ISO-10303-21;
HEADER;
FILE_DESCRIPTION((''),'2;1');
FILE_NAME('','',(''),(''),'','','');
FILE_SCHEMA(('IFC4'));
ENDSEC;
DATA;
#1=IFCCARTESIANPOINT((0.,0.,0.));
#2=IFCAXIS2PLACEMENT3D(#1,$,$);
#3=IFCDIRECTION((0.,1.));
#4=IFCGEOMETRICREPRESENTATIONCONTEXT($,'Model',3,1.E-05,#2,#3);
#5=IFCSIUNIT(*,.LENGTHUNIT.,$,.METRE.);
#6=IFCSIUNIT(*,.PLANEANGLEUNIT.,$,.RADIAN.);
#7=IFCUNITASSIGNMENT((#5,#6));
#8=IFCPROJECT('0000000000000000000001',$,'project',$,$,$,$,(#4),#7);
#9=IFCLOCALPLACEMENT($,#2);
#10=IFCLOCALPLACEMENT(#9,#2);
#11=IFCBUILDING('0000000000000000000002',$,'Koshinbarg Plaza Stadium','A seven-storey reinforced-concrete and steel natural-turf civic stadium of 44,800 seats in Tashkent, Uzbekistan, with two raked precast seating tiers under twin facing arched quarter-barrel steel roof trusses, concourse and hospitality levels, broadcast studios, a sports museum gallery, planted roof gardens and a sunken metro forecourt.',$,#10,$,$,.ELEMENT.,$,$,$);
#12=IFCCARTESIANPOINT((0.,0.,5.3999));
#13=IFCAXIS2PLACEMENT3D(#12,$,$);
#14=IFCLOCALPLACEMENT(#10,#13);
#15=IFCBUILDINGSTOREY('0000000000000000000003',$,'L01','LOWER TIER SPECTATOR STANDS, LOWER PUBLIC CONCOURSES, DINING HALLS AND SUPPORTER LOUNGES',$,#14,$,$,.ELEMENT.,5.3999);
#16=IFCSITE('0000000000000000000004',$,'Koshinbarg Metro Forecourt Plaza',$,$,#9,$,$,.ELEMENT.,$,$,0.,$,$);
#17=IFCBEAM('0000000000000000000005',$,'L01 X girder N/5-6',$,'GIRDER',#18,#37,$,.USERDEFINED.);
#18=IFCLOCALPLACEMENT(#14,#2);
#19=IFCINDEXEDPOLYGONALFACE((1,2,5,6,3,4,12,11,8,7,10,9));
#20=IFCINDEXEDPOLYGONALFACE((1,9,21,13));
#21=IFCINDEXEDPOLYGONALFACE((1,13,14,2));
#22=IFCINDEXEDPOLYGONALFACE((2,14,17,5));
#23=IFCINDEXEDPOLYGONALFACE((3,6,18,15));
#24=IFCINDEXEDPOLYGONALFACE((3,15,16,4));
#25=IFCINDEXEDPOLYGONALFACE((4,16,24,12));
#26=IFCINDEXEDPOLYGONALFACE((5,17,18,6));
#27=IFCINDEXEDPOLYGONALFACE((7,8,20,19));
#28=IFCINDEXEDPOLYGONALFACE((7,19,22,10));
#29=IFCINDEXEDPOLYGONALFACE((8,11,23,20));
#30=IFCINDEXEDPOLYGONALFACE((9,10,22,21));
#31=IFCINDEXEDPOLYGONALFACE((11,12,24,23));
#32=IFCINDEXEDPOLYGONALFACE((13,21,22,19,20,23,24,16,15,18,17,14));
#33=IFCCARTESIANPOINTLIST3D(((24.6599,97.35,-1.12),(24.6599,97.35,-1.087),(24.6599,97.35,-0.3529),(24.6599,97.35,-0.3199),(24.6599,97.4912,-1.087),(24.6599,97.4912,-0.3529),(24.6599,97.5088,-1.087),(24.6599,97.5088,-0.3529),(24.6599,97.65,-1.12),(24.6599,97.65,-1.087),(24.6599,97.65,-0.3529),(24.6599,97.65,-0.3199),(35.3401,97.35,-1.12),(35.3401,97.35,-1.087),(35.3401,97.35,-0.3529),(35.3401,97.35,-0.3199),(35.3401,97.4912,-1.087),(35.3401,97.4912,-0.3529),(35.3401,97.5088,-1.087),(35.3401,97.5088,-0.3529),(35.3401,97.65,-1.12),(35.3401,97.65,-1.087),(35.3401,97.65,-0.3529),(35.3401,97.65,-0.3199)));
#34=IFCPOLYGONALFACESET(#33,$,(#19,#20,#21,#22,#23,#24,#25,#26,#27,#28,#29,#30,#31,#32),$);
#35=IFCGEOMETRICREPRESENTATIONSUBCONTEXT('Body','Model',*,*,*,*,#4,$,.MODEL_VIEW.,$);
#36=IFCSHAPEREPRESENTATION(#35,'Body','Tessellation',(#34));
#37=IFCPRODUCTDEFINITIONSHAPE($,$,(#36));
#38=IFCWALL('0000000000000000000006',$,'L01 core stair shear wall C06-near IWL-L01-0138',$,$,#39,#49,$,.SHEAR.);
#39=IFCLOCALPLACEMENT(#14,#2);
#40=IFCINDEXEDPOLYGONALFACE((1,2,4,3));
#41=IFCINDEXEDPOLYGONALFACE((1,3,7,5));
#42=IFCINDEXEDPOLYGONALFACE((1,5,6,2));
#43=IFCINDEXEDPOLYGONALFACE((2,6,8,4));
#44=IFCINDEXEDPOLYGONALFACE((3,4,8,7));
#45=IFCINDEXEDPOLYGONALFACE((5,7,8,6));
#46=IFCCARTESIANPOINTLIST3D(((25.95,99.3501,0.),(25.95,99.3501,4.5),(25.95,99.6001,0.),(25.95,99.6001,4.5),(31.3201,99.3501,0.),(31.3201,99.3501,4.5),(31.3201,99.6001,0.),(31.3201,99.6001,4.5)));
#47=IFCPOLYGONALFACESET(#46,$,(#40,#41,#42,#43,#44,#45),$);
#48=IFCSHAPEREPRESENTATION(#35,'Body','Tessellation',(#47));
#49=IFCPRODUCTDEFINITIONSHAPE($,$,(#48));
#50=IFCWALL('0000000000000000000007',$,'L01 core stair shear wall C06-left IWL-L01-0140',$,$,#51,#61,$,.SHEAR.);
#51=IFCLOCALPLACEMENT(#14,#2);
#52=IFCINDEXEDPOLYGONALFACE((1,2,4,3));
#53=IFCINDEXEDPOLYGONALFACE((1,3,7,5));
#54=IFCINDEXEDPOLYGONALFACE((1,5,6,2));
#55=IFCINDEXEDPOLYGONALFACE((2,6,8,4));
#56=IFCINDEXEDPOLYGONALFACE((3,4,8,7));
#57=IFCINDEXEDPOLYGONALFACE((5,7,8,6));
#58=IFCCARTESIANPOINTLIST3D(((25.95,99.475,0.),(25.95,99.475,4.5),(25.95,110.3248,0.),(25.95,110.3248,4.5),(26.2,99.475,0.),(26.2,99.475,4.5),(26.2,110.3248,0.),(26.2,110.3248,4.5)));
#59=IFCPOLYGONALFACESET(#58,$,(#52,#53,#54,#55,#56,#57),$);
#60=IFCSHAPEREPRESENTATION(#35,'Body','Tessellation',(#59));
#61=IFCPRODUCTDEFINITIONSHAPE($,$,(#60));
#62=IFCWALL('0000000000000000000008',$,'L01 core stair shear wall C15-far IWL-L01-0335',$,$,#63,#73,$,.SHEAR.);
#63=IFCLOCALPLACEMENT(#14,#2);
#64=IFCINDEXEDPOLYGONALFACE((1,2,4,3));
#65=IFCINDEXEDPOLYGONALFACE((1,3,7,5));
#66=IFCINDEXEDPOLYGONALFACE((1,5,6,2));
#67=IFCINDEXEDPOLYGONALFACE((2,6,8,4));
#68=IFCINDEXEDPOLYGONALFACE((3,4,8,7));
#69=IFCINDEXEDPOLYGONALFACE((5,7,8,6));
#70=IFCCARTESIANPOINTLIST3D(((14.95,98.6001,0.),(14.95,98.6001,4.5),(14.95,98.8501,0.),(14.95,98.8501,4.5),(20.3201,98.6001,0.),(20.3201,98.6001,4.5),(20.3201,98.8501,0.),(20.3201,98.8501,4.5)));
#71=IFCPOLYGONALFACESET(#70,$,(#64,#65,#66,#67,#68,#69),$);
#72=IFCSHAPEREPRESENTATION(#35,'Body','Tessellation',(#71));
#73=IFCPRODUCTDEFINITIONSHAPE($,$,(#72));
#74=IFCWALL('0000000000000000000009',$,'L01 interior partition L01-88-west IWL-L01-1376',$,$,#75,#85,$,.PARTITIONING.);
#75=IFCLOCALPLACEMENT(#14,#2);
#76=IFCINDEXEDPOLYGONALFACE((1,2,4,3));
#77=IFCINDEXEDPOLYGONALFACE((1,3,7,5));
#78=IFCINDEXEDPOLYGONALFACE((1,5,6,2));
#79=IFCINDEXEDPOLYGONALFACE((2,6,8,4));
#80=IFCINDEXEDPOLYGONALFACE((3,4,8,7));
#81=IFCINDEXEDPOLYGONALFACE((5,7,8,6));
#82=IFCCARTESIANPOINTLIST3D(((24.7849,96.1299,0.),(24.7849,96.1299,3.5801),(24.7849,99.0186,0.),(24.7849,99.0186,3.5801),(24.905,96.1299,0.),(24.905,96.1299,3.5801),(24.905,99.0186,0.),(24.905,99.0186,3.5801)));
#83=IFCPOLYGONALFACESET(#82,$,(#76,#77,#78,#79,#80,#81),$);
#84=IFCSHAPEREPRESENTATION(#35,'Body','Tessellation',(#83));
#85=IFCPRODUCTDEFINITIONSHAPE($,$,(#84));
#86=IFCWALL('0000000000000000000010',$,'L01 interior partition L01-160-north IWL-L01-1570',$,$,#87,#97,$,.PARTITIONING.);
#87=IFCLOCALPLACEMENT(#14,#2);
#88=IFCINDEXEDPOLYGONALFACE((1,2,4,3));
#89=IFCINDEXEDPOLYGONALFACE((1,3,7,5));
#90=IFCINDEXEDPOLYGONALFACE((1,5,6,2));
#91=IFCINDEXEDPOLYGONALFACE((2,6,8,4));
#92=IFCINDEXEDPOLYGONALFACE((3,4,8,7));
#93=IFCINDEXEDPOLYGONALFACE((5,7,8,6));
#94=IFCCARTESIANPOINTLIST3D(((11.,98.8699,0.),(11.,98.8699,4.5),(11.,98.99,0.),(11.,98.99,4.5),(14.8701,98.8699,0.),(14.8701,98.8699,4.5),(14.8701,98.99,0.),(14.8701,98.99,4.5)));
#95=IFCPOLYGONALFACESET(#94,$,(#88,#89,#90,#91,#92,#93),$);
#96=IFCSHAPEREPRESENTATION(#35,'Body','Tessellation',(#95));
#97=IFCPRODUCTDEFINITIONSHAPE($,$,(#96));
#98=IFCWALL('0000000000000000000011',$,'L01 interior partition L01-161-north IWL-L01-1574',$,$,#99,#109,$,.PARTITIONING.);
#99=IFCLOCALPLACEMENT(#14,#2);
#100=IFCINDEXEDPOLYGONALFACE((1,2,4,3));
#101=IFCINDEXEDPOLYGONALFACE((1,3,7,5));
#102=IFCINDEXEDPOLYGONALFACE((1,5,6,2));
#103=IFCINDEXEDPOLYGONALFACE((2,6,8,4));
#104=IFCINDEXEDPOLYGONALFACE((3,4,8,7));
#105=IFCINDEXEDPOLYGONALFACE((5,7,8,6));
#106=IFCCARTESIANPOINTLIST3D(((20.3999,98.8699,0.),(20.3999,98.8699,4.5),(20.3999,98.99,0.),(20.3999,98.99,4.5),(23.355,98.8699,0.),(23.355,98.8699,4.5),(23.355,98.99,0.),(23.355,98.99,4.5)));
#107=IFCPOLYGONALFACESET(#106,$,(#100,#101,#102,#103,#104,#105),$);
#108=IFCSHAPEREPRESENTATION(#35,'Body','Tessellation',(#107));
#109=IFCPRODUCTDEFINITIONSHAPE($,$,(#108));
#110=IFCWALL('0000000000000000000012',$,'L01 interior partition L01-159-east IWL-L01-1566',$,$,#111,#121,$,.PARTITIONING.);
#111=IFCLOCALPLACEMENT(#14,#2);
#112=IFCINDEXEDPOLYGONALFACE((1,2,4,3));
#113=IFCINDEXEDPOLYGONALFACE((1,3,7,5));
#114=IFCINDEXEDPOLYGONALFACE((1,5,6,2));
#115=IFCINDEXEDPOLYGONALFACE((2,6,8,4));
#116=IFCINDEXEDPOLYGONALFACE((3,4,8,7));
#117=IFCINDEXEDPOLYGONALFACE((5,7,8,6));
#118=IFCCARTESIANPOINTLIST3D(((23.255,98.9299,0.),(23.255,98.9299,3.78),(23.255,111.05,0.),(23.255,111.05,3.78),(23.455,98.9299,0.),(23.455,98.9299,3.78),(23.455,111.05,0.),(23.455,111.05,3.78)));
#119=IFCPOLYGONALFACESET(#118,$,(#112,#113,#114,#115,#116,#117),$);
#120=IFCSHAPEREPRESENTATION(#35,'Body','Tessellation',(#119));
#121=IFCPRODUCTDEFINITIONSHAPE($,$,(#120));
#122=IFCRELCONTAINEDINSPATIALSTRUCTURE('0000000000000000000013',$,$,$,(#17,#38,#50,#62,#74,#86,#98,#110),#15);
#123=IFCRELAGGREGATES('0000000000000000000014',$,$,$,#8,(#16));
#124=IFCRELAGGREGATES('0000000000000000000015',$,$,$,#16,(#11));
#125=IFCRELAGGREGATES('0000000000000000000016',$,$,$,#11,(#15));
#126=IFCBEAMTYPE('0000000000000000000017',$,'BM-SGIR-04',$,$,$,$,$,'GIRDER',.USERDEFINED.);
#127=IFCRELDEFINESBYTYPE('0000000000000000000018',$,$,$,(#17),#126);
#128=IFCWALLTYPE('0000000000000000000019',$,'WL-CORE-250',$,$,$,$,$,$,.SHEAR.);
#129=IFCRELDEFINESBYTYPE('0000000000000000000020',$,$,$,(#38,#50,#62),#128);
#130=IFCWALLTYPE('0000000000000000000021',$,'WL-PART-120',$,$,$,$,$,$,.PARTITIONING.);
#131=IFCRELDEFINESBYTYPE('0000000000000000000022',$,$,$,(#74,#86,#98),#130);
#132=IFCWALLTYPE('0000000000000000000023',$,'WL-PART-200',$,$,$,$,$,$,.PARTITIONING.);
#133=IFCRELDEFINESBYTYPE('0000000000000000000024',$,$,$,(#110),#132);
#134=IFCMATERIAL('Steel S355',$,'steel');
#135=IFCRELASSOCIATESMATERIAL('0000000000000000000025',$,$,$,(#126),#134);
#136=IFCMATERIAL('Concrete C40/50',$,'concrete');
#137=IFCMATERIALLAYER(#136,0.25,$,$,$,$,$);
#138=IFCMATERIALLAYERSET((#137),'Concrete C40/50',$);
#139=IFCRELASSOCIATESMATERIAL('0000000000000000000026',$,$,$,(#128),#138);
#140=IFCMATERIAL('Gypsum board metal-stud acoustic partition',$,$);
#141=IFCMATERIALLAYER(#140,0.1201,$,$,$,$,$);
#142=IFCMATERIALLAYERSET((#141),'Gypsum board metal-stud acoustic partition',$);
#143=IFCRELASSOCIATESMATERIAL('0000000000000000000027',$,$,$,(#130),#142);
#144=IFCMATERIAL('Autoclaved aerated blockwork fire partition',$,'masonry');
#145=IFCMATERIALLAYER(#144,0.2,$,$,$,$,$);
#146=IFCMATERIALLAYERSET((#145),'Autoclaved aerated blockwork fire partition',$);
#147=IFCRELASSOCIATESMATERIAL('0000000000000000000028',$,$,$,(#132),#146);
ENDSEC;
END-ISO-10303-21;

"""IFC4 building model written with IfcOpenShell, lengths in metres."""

from ifc_helpers import new_model, si_unit, direction, frame, frame_2d, origin, origin_2d, place, context, subcontext, project, spatial, rectangle, i_section, extrude, material, layer, layer_set, material_profile, profile_set, type_object, element, save


model = new_model("IFC4")

# Units and contexts
model_context = context("Model", 3, precision=1e-05, world=origin(), true_north=direction((0.0, 1.0)))
body_context = subcontext(model_context, "Body", "Model", "MODEL_VIEW")
ifc_project = project(units=[si_unit("LENGTHUNIT", "METRE"), si_unit("PLANEANGLEUNIT", "RADIAN")], contexts=[model_context])

# Site, building, storey
site_placement = place(None, origin())
site = spatial("IfcSite", under=ifc_project, at=site_placement, Name="Koshinbarg Metro Forecourt Plaza", CompositionType="ELEMENT", RefElevation=0.0)
building_placement = place(site_placement, origin())
building = spatial("IfcBuilding", under=site, at=building_placement, Name="Koshinbarg Plaza Stadium", Description="A seven-storey reinforced-concrete and steel natural-turf civic stadium of 44,800 seats in Tashkent, Uzbekistan, with two raked precast seating tiers under twin facing arched quarter-barrel steel roof trusses, concourse and hospitality levels, broadcast studios, a sports museum gallery, planted roof gardens and a sunken metro forecourt.", CompositionType="ELEMENT")
storey_placement = place(building_placement, frame((0.0, 0.0, 5.3999)))
storey = spatial("IfcBuildingStorey", under=building, at=storey_placement, Name="L01", Description="LOWER TIER SPECTATOR STANDS, LOWER PUBLIC CONCOURSES, DINING HALLS AND SUPPORTER LOUNGES", CompositionType="ELEMENT", Elevation=5.3999)

# Shared definitions
ifc_material_1 = material(Name="Concrete C40/50", Category="concrete")
ifc_material_2 = material(Name="Steel S355", Category="steel")

# Beam
ifc_material_profile_1 = material_profile(ifc_material_2, i_section(OverallWidth=0.3, OverallDepth=0.8, WebThickness=0.0176, FlangeThickness=0.033, at=origin_2d()), Name="HEB 800")
ifc_profile_set_1 = profile_set([ifc_material_profile_1], Name="Steel S355")
beam_type_1 = type_object("IfcBeamType", Name="BM-SGIR-04", ElementType="GIRDER", PredefinedType="USERDEFINED", material=ifc_profile_set_1)
beam_1_placement = place(storey_placement, frame((24.6599, 97.5, -0.72), z_axis=(1.0, 0.0, 0.0), x_axis=(0.0, 1.0, 0.0)))
element("IfcBeam", 1, at=beam_1_placement, inside=storey, type_object=beam_type_1, Name="L01 X girder N/5-6", ObjectType="GIRDER", PredefinedType="USERDEFINED", context=body_context, shape_type="SweptSolid", body=[
    extrude(i_section(OverallWidth=0.3, OverallDepth=0.8, WebThickness=0.0176, FlangeThickness=0.033, at=origin_2d()), origin(), (0.0, 0.0, 1.0), 10.6802),
])

# Walls
ifc_layer_1 = layer(ifc_material_1, 0.25)
ifc_layer_set_1 = layer_set([ifc_layer_1], Name="Concrete C40/50")
wall_type_1 = type_object("IfcWallType", Name="WL-CORE-250", PredefinedType="SHEAR", material=ifc_layer_set_1)
wall_1_placement = place(storey_placement, frame((25.95, 99.4751, 0.0), z_axis=(0.0, 0.0, 1.0), x_axis=(1.0, 0.0, 0.0)))
element("IfcWall", 2, at=wall_1_placement, inside=storey, type_object=wall_type_1, Name="L01 core stair shear wall C06-near IWL-L01-0138", PredefinedType="SHEAR", context=body_context, shape_type="SweptSolid", body=[
    extrude(rectangle(XDim=5.3701, YDim=0.25, at=frame_2d((2.6851, 0.0))), origin(), (0.0, 0.0, 1.0), 4.5),
])
wall_2_placement = place(storey_placement, frame((26.075, 99.4751, 0.0), z_axis=(0.0, 0.0, 1.0), x_axis=(0.0, 1.0, 0.0)))
element("IfcWall", 3, at=wall_2_placement, inside=storey, type_object=wall_type_1, Name="L01 core stair shear wall C06-left IWL-L01-0140", PredefinedType="SHEAR", context=body_context, shape_type="SweptSolid", body=[
    extrude(rectangle(XDim=10.8499, YDim=0.25, at=frame_2d((5.4248, 0.0))), origin(), (0.0, 0.0, 1.0), 4.5),
])
wall_3_placement = place(storey_placement, frame((20.3201, 98.7251, 0.0), z_axis=(0.0, 0.0, 1.0), x_axis=(-1.0, 0.0, 0.0)))
element("IfcWall", 4, at=wall_3_placement, inside=storey, type_object=wall_type_1, Name="L01 core stair shear wall C15-far IWL-L01-0335", PredefinedType="SHEAR", context=body_context, shape_type="SweptSolid", body=[
    extrude(rectangle(XDim=5.3701, YDim=0.25, at=frame_2d((2.6851, 0.0))), origin(), (0.0, 0.0, 1.0), 4.5),
])
ifc_material_3 = material(Name="Gypsum board metal-stud acoustic partition")
ifc_layer_2 = layer(ifc_material_3, 0.1201)
ifc_layer_set_2 = layer_set([ifc_layer_2], Name="Gypsum board metal-stud acoustic partition")
wall_type_2 = type_object("IfcWallType", Name="WL-PART-120", PredefinedType="PARTITIONING", material=ifc_layer_set_2)
wall_4_placement = place(storey_placement, frame((24.845, 99.0186, 0.0), z_axis=(0.0, 0.0, 1.0), x_axis=(0.0, -1.0, 0.0)))
element("IfcWall", 5, at=wall_4_placement, inside=storey, type_object=wall_type_2, Name="L01 interior partition L01-88-west IWL-L01-1376", PredefinedType="PARTITIONING", context=body_context, shape_type="SweptSolid", body=[
    extrude(rectangle(XDim=2.8887, YDim=0.1201, at=frame_2d((1.4443, 0.0))), origin(), (0.0, 0.0, 1.0), 3.5801),
])
wall_5_placement = place(storey_placement, frame((14.8701, 98.9299, 0.0), z_axis=(0.0, 0.0, 1.0), x_axis=(-1.0, 0.0, 0.0)))
element("IfcWall", 6, at=wall_5_placement, inside=storey, type_object=wall_type_2, Name="L01 interior partition L01-160-north IWL-L01-1570", PredefinedType="PARTITIONING", context=body_context, shape_type="SweptSolid", body=[
    extrude(rectangle(XDim=3.8701, YDim=0.1201, at=frame_2d((1.9351, 0.0))), origin(), (0.0, 0.0, 1.0), 4.5),
])
wall_6_placement = place(storey_placement, frame((23.355, 98.9299, 0.0), z_axis=(0.0, 0.0, 1.0), x_axis=(-1.0, 0.0, 0.0)))
element("IfcWall", 7, at=wall_6_placement, inside=storey, type_object=wall_type_2, Name="L01 interior partition L01-161-north IWL-L01-1574", PredefinedType="PARTITIONING", context=body_context, shape_type="SweptSolid", body=[
    extrude(rectangle(XDim=2.9551, YDim=0.1201, at=frame_2d((1.4775, 0.0))), origin(), (0.0, 0.0, 1.0), 4.5),
])
ifc_material_4 = material(Name="Autoclaved aerated blockwork fire partition", Category="masonry")
ifc_layer_3 = layer(ifc_material_4, 0.2)
ifc_layer_set_3 = layer_set([ifc_layer_3], Name="Autoclaved aerated blockwork fire partition")
wall_type_3 = type_object("IfcWallType", Name="WL-PART-200", PredefinedType="PARTITIONING", material=ifc_layer_set_3)
wall_7_placement = place(storey_placement, frame((23.355, 98.9299, 0.0), z_axis=(0.0, 0.0, 1.0), x_axis=(0.0, 1.0, 0.0)))
element("IfcWall", 8, at=wall_7_placement, inside=storey, type_object=wall_type_3, Name="L01 interior partition L01-159-east IWL-L01-1566", PredefinedType="PARTITIONING", context=body_context, shape_type="SweptSolid", body=[
    extrude(rectangle(XDim=12.1201, YDim=0.2, at=frame_2d((6.0601, 0.0))), origin(), (0.0, 0.0, 1.0), 3.78),
])

save(model, "model.ifc")
